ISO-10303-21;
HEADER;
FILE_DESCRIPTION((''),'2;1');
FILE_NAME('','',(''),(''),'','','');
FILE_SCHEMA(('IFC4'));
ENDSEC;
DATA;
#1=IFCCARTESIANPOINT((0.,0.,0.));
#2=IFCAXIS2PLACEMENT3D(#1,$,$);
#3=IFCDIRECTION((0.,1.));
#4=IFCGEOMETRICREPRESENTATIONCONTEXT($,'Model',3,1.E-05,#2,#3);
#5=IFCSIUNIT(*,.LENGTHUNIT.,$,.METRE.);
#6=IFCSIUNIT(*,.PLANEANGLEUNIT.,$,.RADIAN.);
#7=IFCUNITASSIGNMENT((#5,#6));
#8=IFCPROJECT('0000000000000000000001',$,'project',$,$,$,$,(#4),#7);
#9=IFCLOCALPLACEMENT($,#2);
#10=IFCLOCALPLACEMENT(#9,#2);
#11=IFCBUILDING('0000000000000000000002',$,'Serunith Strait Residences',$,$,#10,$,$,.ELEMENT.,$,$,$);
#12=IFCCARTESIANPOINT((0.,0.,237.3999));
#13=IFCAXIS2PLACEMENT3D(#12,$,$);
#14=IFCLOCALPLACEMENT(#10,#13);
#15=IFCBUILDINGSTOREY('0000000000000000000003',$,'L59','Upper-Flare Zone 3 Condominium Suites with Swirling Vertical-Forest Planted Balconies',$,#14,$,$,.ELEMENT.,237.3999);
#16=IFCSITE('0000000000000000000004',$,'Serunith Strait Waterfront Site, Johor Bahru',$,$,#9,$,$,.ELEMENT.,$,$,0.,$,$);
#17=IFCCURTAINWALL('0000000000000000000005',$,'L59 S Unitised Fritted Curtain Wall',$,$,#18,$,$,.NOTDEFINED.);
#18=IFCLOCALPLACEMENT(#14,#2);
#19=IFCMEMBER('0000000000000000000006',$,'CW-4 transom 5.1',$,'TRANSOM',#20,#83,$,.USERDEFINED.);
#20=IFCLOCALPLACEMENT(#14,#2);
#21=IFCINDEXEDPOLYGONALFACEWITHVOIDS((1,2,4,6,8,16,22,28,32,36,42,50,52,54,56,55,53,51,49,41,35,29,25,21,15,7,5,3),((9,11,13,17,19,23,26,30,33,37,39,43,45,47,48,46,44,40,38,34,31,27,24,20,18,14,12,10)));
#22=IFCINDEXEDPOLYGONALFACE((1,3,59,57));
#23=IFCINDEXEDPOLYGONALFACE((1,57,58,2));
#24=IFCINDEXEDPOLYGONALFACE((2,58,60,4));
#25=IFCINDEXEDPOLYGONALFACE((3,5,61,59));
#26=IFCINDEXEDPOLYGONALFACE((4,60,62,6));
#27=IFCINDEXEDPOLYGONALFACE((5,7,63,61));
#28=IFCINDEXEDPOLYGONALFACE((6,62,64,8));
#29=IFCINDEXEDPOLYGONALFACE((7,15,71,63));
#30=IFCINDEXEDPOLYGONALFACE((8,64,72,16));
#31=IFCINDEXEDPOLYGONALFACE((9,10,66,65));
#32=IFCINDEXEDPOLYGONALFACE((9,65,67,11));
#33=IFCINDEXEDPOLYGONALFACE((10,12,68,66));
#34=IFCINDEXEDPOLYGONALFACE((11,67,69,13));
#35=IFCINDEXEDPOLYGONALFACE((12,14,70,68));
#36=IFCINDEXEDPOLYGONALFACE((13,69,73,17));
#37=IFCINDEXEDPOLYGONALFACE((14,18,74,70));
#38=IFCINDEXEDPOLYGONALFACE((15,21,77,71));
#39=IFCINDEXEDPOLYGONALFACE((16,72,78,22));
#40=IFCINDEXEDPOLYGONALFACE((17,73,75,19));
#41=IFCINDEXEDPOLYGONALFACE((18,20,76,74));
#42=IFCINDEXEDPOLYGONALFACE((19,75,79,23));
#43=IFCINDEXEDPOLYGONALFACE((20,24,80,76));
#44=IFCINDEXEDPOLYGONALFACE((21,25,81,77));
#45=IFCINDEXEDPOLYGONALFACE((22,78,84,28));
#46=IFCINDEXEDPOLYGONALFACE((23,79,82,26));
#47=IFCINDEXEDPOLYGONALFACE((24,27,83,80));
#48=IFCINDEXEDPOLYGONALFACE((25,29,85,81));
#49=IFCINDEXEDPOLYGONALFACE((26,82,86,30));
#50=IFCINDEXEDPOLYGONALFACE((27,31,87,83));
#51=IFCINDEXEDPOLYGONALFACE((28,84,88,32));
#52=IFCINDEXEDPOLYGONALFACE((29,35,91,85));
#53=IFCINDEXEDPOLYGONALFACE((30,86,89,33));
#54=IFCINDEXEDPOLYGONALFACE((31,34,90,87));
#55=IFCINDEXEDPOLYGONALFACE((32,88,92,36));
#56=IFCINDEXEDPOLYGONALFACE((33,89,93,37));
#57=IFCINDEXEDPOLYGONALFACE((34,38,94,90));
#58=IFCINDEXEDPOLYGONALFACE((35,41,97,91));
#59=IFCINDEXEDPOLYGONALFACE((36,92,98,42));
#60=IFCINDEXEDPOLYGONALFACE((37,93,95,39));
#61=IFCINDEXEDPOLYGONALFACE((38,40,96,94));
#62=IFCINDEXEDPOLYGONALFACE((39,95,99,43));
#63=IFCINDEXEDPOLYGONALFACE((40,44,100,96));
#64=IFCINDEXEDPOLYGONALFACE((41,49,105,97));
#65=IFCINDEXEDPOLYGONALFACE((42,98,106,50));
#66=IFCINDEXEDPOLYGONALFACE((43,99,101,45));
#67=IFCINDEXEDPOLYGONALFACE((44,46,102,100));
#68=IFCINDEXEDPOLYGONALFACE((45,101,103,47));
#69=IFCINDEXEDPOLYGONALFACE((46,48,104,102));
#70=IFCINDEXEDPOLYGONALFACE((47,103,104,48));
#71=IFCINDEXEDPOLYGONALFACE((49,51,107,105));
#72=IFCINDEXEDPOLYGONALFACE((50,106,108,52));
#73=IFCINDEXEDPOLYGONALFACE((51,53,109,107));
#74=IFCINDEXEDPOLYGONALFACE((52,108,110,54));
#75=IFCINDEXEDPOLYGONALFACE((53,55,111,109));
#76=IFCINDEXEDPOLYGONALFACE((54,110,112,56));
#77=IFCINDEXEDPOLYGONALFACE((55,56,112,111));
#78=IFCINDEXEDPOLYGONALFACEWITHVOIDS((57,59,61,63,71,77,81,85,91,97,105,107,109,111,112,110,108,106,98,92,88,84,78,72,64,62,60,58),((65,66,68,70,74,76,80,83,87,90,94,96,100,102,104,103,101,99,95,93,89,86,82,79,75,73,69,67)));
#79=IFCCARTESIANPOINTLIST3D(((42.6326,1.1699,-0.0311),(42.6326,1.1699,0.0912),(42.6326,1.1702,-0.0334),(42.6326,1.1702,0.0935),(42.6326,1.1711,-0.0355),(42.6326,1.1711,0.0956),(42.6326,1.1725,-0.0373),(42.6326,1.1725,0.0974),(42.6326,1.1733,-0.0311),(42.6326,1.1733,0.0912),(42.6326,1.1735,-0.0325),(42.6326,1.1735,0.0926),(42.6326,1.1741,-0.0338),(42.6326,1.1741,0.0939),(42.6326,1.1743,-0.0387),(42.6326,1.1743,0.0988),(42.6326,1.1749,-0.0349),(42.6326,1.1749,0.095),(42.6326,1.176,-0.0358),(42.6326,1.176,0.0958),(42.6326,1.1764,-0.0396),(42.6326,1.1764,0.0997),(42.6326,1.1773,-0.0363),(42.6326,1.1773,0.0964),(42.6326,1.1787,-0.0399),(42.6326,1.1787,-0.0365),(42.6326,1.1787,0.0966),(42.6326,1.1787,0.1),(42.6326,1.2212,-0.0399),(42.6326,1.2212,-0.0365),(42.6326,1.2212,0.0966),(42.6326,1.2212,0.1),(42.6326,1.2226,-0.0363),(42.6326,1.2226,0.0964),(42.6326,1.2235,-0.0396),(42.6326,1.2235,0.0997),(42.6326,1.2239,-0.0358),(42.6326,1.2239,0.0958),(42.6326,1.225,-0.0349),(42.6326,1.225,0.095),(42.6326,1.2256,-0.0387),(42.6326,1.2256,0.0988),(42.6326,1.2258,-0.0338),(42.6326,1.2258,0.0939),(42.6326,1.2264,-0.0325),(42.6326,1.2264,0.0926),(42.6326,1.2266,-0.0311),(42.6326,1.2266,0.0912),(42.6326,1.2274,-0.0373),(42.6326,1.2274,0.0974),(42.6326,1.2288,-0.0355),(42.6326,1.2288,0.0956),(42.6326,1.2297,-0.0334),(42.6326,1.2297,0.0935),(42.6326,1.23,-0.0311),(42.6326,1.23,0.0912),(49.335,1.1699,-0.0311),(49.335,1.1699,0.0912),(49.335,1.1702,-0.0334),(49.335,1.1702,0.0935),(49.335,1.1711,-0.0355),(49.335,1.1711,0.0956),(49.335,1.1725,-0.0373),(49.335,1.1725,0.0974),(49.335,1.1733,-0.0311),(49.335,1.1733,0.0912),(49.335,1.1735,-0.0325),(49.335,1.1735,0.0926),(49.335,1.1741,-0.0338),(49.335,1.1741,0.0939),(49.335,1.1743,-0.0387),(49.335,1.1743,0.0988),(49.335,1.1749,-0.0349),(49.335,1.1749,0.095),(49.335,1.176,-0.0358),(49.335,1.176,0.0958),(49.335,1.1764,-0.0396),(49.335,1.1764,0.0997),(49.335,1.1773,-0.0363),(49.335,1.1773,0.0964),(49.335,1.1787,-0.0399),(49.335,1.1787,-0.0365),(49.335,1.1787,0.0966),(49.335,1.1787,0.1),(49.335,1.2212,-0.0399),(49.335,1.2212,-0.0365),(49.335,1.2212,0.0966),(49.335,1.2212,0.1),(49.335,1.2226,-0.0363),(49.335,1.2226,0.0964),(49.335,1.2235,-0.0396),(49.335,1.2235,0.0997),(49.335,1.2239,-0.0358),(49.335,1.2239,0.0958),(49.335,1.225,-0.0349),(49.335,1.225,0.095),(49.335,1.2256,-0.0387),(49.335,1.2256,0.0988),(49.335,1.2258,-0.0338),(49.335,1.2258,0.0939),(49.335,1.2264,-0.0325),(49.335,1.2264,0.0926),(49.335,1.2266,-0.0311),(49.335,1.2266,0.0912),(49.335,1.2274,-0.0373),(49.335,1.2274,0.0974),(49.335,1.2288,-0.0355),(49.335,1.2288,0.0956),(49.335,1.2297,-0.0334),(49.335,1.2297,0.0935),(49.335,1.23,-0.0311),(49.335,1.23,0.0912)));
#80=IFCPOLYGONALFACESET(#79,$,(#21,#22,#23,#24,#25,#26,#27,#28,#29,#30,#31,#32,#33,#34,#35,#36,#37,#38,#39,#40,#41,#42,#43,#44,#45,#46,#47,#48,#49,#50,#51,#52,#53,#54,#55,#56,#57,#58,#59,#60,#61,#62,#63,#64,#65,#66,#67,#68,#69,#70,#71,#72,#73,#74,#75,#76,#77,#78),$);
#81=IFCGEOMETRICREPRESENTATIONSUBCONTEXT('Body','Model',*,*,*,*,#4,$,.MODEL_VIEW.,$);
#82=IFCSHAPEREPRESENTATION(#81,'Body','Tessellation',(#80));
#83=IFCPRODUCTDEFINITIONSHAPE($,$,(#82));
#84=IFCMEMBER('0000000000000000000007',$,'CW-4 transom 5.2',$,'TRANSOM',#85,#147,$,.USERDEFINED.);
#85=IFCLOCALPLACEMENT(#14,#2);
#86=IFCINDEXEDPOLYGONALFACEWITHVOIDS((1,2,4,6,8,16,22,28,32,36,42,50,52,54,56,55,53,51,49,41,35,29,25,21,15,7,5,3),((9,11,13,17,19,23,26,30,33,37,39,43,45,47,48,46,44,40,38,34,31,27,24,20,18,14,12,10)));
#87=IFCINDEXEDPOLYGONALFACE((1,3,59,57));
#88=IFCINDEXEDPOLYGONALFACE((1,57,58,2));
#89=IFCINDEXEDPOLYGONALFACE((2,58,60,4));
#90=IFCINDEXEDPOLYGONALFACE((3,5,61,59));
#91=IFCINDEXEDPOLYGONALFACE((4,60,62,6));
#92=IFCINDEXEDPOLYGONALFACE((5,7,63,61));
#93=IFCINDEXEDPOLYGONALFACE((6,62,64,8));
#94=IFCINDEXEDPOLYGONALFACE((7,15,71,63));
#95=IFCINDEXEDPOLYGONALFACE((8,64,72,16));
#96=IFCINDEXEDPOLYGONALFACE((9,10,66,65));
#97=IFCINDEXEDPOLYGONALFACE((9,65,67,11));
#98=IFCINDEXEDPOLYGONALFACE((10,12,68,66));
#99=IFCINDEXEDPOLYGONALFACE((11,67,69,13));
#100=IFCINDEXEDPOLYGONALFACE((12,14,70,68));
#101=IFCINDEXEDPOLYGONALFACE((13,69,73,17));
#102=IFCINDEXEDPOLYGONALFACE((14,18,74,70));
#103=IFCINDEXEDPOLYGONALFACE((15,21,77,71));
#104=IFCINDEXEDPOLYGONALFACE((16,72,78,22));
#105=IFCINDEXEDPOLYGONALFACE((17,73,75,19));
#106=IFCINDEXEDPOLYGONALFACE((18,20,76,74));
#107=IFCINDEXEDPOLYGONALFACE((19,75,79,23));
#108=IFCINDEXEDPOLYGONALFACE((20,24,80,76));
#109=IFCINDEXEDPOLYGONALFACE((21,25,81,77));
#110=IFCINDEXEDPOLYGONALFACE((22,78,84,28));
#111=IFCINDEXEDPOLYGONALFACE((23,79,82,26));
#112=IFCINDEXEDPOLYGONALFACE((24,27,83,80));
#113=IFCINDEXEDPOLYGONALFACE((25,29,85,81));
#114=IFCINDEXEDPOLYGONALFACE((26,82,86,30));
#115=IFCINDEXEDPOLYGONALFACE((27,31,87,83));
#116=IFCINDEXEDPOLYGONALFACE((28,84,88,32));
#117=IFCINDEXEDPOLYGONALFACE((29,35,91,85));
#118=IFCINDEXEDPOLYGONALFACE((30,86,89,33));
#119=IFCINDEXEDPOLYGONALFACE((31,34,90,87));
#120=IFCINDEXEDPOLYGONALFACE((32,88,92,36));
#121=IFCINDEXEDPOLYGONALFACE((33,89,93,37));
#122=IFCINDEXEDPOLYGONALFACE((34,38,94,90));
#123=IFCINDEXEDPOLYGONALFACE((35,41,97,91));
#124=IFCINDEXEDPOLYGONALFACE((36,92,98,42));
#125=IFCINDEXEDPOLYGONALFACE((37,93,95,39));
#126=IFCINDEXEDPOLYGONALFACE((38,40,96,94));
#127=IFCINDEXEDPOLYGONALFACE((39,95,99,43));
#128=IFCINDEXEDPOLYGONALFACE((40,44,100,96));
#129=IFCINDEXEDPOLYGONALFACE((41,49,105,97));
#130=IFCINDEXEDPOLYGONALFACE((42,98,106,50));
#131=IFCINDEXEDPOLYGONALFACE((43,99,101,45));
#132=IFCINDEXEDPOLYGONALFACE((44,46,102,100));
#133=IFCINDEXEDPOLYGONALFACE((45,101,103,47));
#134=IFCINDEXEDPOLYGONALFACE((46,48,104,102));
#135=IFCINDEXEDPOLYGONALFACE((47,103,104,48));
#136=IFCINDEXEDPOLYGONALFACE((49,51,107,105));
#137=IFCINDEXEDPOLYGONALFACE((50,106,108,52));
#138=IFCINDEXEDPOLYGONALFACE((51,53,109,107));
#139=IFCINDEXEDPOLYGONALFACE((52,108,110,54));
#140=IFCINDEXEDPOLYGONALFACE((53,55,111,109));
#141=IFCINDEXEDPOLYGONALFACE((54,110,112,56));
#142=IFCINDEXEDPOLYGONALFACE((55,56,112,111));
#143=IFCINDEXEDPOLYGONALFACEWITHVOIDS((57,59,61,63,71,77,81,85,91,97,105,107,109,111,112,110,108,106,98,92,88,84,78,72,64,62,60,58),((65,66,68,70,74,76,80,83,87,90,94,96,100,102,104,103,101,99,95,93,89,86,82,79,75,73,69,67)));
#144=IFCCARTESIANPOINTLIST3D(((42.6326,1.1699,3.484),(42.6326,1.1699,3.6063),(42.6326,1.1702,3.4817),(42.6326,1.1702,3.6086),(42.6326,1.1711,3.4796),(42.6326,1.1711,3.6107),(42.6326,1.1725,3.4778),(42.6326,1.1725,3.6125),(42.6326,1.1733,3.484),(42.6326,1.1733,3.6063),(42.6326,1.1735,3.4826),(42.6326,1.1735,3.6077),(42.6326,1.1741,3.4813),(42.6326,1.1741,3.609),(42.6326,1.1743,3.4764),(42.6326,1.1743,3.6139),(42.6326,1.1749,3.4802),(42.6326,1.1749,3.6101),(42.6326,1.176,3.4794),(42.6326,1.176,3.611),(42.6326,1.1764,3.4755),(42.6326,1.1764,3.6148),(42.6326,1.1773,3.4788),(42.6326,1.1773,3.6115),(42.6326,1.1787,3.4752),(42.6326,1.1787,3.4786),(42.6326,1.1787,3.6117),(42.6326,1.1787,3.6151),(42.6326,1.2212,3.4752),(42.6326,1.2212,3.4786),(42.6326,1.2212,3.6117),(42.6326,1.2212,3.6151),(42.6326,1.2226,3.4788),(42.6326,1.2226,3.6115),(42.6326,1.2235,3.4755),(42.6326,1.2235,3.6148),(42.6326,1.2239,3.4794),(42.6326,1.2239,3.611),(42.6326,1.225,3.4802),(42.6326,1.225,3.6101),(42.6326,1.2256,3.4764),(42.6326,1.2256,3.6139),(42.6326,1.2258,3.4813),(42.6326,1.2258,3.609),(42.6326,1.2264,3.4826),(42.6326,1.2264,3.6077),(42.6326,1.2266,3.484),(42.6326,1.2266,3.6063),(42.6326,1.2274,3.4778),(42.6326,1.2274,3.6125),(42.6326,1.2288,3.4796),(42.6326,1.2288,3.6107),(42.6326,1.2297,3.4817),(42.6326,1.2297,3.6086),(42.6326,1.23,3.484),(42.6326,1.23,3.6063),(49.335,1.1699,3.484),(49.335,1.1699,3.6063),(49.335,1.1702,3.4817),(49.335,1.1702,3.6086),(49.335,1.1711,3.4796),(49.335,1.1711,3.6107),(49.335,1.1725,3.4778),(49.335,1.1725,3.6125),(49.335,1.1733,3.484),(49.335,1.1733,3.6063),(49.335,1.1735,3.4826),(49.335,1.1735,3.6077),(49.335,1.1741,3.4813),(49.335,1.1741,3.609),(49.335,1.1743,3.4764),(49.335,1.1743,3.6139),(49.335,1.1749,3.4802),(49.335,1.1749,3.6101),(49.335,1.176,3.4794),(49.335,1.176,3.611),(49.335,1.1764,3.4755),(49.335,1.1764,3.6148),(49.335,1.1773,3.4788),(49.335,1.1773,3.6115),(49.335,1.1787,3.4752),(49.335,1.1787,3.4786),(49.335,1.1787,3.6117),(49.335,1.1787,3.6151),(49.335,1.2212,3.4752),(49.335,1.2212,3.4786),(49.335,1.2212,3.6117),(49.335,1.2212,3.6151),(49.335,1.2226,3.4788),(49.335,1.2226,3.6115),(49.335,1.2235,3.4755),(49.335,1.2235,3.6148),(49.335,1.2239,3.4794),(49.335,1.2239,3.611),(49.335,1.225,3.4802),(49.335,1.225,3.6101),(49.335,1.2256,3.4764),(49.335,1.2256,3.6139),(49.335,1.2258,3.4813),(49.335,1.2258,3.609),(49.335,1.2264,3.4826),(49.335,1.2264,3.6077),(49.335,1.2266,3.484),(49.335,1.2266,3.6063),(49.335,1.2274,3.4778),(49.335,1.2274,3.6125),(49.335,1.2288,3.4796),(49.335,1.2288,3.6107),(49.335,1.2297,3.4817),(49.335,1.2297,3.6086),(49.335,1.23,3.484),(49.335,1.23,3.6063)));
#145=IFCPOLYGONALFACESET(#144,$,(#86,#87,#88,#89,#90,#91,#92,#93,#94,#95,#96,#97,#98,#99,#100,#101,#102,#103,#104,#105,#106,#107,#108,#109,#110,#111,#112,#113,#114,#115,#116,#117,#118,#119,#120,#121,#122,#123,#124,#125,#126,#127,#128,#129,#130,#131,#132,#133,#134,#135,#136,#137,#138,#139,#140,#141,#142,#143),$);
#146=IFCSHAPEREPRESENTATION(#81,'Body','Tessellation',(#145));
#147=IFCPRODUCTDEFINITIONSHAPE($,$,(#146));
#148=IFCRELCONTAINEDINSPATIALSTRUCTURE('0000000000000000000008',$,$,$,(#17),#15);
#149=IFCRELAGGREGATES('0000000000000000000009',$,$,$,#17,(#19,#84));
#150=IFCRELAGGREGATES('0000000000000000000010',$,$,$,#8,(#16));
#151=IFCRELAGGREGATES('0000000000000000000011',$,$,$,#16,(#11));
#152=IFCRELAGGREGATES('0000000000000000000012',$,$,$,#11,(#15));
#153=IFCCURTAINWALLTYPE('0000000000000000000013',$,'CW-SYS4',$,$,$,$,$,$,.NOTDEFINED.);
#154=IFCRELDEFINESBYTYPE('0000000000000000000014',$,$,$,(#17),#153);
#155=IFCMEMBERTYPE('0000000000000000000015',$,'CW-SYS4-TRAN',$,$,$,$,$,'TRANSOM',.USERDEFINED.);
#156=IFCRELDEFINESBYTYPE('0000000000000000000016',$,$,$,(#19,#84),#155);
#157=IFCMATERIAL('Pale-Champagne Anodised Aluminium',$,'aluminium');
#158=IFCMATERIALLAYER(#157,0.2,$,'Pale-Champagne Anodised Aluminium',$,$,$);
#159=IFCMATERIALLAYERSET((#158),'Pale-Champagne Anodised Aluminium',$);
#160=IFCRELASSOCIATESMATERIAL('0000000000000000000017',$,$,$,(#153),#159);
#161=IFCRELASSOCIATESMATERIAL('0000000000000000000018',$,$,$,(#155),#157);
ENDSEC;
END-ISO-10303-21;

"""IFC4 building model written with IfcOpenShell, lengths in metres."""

from ifc_helpers import new_model, si_unit, direction, frame, origin, origin_2d, place, context, subcontext, project, spatial, hollow_rectangle, extrude, source, transform, mapped, material, layer, layer_set, material_profile, profile_set, type_object, element, aggregate, save


model = new_model("IFC4")

# Units and contexts
model_context = context("Model", 3, precision=1e-05, world=origin(), true_north=direction((0.0, 1.0)))
body_context = subcontext(model_context, "Body", "Model", "MODEL_VIEW")
ifc_project = project(units=[si_unit("LENGTHUNIT", "METRE"), si_unit("PLANEANGLEUNIT", "RADIAN")], contexts=[model_context])

# Site, building, storey
site_placement = place(None, origin())
site = spatial("IfcSite", under=ifc_project, at=site_placement, Name="Serunith Strait Waterfront Site, Johor Bahru", CompositionType="ELEMENT", RefElevation=0.0)
building_placement = place(site_placement, origin())
building = spatial("IfcBuilding", under=site, at=building_placement, Name="Serunith Strait Residences", CompositionType="ELEMENT")
storey_placement = place(building_placement, frame((0.0, 0.0, 237.3999)))
storey = spatial("IfcBuildingStorey", under=building, at=storey_placement, Name="L59", Description="Upper-Flare Zone 3 Condominium Suites with Swirling Vertical-Forest Planted Balconies", CompositionType="ELEMENT", Elevation=237.3999)

# Curtain wall, members
ifc_material_1 = material(Name="Pale-Champagne Anodised Aluminium", Category="aluminium")
ifc_layer_1 = layer(ifc_material_1, 0.2, Name="Pale-Champagne Anodised Aluminium")
ifc_layer_set_1 = layer_set([ifc_layer_1], Name="Pale-Champagne Anodised Aluminium")
curtain_wall_type = type_object("IfcCurtainWallType", Name="CW-SYS4", PredefinedType="NOTDEFINED", material=ifc_layer_set_1)
ifc_material_profile_1 = material_profile(ifc_material_1, hollow_rectangle(XDim=0.0601, YDim=0.1399, WallThickness=0.0034, InnerFilletRadius=0.0054, OuterFilletRadius=0.0088, at=origin_2d()), Name="ALU 140x60x3.5")
ifc_profile_set_1 = profile_set([ifc_material_profile_1], Name="Pale-Champagne Anodised Aluminium")
member_type_1 = type_object("IfcMemberType", Name="CW-SYS4-TRAN", ElementType="TRANSOM", PredefinedType="USERDEFINED", material=ifc_profile_set_1)
curtain_wall_1_placement = place(storey_placement, origin())
curtain_wall_1 = element("IfcCurtainWall", 1, at=curtain_wall_1_placement, inside=storey, type_object=curtain_wall_type, Name="L59 S Unitised Fritted Curtain Wall", PredefinedType="NOTDEFINED")
shared_shape_1 = source(origin(), body_context, "Body", "SweptSolid", [
    extrude(hollow_rectangle(XDim=0.0601, YDim=0.1399, WallThickness=0.0034, InnerFilletRadius=0.0054, OuterFilletRadius=0.0088, at=origin_2d()), origin(), (0.0, 0.0, 1.0), 6.7024),
])
member_1_placement = place(storey_placement, frame((42.6326, 1.2, 0.03), z_axis=(1.0, 0.0, 0.0), x_axis=(0.0, 1.0, 0.0)))
member_1 = element("IfcMember", 2, at=member_1_placement, type_object=member_type_1, Name="CW-4 transom 5.1", ObjectType="TRANSOM", PredefinedType="USERDEFINED", context=body_context, shape_type="MappedRepresentation", body=[
    mapped(shared_shape_1, transform((0.0, 0.0, 0.0), scale=1.0)),
])
member_2_placement = place(storey_placement, frame((42.6326, 1.2, 3.5452), z_axis=(1.0, 0.0, 0.0), x_axis=(0.0, 1.0, 0.0)))
member_2 = element("IfcMember", 3, at=member_2_placement, type_object=member_type_1, Name="CW-4 transom 5.2", ObjectType="TRANSOM", PredefinedType="USERDEFINED", context=body_context, shape_type="MappedRepresentation", body=[
    mapped(shared_shape_1, transform((0.0, 0.0, 0.0), scale=1.0)),
])

aggregate(curtain_wall_1, [member_1, member_2])

save(model, "model.ifc")
